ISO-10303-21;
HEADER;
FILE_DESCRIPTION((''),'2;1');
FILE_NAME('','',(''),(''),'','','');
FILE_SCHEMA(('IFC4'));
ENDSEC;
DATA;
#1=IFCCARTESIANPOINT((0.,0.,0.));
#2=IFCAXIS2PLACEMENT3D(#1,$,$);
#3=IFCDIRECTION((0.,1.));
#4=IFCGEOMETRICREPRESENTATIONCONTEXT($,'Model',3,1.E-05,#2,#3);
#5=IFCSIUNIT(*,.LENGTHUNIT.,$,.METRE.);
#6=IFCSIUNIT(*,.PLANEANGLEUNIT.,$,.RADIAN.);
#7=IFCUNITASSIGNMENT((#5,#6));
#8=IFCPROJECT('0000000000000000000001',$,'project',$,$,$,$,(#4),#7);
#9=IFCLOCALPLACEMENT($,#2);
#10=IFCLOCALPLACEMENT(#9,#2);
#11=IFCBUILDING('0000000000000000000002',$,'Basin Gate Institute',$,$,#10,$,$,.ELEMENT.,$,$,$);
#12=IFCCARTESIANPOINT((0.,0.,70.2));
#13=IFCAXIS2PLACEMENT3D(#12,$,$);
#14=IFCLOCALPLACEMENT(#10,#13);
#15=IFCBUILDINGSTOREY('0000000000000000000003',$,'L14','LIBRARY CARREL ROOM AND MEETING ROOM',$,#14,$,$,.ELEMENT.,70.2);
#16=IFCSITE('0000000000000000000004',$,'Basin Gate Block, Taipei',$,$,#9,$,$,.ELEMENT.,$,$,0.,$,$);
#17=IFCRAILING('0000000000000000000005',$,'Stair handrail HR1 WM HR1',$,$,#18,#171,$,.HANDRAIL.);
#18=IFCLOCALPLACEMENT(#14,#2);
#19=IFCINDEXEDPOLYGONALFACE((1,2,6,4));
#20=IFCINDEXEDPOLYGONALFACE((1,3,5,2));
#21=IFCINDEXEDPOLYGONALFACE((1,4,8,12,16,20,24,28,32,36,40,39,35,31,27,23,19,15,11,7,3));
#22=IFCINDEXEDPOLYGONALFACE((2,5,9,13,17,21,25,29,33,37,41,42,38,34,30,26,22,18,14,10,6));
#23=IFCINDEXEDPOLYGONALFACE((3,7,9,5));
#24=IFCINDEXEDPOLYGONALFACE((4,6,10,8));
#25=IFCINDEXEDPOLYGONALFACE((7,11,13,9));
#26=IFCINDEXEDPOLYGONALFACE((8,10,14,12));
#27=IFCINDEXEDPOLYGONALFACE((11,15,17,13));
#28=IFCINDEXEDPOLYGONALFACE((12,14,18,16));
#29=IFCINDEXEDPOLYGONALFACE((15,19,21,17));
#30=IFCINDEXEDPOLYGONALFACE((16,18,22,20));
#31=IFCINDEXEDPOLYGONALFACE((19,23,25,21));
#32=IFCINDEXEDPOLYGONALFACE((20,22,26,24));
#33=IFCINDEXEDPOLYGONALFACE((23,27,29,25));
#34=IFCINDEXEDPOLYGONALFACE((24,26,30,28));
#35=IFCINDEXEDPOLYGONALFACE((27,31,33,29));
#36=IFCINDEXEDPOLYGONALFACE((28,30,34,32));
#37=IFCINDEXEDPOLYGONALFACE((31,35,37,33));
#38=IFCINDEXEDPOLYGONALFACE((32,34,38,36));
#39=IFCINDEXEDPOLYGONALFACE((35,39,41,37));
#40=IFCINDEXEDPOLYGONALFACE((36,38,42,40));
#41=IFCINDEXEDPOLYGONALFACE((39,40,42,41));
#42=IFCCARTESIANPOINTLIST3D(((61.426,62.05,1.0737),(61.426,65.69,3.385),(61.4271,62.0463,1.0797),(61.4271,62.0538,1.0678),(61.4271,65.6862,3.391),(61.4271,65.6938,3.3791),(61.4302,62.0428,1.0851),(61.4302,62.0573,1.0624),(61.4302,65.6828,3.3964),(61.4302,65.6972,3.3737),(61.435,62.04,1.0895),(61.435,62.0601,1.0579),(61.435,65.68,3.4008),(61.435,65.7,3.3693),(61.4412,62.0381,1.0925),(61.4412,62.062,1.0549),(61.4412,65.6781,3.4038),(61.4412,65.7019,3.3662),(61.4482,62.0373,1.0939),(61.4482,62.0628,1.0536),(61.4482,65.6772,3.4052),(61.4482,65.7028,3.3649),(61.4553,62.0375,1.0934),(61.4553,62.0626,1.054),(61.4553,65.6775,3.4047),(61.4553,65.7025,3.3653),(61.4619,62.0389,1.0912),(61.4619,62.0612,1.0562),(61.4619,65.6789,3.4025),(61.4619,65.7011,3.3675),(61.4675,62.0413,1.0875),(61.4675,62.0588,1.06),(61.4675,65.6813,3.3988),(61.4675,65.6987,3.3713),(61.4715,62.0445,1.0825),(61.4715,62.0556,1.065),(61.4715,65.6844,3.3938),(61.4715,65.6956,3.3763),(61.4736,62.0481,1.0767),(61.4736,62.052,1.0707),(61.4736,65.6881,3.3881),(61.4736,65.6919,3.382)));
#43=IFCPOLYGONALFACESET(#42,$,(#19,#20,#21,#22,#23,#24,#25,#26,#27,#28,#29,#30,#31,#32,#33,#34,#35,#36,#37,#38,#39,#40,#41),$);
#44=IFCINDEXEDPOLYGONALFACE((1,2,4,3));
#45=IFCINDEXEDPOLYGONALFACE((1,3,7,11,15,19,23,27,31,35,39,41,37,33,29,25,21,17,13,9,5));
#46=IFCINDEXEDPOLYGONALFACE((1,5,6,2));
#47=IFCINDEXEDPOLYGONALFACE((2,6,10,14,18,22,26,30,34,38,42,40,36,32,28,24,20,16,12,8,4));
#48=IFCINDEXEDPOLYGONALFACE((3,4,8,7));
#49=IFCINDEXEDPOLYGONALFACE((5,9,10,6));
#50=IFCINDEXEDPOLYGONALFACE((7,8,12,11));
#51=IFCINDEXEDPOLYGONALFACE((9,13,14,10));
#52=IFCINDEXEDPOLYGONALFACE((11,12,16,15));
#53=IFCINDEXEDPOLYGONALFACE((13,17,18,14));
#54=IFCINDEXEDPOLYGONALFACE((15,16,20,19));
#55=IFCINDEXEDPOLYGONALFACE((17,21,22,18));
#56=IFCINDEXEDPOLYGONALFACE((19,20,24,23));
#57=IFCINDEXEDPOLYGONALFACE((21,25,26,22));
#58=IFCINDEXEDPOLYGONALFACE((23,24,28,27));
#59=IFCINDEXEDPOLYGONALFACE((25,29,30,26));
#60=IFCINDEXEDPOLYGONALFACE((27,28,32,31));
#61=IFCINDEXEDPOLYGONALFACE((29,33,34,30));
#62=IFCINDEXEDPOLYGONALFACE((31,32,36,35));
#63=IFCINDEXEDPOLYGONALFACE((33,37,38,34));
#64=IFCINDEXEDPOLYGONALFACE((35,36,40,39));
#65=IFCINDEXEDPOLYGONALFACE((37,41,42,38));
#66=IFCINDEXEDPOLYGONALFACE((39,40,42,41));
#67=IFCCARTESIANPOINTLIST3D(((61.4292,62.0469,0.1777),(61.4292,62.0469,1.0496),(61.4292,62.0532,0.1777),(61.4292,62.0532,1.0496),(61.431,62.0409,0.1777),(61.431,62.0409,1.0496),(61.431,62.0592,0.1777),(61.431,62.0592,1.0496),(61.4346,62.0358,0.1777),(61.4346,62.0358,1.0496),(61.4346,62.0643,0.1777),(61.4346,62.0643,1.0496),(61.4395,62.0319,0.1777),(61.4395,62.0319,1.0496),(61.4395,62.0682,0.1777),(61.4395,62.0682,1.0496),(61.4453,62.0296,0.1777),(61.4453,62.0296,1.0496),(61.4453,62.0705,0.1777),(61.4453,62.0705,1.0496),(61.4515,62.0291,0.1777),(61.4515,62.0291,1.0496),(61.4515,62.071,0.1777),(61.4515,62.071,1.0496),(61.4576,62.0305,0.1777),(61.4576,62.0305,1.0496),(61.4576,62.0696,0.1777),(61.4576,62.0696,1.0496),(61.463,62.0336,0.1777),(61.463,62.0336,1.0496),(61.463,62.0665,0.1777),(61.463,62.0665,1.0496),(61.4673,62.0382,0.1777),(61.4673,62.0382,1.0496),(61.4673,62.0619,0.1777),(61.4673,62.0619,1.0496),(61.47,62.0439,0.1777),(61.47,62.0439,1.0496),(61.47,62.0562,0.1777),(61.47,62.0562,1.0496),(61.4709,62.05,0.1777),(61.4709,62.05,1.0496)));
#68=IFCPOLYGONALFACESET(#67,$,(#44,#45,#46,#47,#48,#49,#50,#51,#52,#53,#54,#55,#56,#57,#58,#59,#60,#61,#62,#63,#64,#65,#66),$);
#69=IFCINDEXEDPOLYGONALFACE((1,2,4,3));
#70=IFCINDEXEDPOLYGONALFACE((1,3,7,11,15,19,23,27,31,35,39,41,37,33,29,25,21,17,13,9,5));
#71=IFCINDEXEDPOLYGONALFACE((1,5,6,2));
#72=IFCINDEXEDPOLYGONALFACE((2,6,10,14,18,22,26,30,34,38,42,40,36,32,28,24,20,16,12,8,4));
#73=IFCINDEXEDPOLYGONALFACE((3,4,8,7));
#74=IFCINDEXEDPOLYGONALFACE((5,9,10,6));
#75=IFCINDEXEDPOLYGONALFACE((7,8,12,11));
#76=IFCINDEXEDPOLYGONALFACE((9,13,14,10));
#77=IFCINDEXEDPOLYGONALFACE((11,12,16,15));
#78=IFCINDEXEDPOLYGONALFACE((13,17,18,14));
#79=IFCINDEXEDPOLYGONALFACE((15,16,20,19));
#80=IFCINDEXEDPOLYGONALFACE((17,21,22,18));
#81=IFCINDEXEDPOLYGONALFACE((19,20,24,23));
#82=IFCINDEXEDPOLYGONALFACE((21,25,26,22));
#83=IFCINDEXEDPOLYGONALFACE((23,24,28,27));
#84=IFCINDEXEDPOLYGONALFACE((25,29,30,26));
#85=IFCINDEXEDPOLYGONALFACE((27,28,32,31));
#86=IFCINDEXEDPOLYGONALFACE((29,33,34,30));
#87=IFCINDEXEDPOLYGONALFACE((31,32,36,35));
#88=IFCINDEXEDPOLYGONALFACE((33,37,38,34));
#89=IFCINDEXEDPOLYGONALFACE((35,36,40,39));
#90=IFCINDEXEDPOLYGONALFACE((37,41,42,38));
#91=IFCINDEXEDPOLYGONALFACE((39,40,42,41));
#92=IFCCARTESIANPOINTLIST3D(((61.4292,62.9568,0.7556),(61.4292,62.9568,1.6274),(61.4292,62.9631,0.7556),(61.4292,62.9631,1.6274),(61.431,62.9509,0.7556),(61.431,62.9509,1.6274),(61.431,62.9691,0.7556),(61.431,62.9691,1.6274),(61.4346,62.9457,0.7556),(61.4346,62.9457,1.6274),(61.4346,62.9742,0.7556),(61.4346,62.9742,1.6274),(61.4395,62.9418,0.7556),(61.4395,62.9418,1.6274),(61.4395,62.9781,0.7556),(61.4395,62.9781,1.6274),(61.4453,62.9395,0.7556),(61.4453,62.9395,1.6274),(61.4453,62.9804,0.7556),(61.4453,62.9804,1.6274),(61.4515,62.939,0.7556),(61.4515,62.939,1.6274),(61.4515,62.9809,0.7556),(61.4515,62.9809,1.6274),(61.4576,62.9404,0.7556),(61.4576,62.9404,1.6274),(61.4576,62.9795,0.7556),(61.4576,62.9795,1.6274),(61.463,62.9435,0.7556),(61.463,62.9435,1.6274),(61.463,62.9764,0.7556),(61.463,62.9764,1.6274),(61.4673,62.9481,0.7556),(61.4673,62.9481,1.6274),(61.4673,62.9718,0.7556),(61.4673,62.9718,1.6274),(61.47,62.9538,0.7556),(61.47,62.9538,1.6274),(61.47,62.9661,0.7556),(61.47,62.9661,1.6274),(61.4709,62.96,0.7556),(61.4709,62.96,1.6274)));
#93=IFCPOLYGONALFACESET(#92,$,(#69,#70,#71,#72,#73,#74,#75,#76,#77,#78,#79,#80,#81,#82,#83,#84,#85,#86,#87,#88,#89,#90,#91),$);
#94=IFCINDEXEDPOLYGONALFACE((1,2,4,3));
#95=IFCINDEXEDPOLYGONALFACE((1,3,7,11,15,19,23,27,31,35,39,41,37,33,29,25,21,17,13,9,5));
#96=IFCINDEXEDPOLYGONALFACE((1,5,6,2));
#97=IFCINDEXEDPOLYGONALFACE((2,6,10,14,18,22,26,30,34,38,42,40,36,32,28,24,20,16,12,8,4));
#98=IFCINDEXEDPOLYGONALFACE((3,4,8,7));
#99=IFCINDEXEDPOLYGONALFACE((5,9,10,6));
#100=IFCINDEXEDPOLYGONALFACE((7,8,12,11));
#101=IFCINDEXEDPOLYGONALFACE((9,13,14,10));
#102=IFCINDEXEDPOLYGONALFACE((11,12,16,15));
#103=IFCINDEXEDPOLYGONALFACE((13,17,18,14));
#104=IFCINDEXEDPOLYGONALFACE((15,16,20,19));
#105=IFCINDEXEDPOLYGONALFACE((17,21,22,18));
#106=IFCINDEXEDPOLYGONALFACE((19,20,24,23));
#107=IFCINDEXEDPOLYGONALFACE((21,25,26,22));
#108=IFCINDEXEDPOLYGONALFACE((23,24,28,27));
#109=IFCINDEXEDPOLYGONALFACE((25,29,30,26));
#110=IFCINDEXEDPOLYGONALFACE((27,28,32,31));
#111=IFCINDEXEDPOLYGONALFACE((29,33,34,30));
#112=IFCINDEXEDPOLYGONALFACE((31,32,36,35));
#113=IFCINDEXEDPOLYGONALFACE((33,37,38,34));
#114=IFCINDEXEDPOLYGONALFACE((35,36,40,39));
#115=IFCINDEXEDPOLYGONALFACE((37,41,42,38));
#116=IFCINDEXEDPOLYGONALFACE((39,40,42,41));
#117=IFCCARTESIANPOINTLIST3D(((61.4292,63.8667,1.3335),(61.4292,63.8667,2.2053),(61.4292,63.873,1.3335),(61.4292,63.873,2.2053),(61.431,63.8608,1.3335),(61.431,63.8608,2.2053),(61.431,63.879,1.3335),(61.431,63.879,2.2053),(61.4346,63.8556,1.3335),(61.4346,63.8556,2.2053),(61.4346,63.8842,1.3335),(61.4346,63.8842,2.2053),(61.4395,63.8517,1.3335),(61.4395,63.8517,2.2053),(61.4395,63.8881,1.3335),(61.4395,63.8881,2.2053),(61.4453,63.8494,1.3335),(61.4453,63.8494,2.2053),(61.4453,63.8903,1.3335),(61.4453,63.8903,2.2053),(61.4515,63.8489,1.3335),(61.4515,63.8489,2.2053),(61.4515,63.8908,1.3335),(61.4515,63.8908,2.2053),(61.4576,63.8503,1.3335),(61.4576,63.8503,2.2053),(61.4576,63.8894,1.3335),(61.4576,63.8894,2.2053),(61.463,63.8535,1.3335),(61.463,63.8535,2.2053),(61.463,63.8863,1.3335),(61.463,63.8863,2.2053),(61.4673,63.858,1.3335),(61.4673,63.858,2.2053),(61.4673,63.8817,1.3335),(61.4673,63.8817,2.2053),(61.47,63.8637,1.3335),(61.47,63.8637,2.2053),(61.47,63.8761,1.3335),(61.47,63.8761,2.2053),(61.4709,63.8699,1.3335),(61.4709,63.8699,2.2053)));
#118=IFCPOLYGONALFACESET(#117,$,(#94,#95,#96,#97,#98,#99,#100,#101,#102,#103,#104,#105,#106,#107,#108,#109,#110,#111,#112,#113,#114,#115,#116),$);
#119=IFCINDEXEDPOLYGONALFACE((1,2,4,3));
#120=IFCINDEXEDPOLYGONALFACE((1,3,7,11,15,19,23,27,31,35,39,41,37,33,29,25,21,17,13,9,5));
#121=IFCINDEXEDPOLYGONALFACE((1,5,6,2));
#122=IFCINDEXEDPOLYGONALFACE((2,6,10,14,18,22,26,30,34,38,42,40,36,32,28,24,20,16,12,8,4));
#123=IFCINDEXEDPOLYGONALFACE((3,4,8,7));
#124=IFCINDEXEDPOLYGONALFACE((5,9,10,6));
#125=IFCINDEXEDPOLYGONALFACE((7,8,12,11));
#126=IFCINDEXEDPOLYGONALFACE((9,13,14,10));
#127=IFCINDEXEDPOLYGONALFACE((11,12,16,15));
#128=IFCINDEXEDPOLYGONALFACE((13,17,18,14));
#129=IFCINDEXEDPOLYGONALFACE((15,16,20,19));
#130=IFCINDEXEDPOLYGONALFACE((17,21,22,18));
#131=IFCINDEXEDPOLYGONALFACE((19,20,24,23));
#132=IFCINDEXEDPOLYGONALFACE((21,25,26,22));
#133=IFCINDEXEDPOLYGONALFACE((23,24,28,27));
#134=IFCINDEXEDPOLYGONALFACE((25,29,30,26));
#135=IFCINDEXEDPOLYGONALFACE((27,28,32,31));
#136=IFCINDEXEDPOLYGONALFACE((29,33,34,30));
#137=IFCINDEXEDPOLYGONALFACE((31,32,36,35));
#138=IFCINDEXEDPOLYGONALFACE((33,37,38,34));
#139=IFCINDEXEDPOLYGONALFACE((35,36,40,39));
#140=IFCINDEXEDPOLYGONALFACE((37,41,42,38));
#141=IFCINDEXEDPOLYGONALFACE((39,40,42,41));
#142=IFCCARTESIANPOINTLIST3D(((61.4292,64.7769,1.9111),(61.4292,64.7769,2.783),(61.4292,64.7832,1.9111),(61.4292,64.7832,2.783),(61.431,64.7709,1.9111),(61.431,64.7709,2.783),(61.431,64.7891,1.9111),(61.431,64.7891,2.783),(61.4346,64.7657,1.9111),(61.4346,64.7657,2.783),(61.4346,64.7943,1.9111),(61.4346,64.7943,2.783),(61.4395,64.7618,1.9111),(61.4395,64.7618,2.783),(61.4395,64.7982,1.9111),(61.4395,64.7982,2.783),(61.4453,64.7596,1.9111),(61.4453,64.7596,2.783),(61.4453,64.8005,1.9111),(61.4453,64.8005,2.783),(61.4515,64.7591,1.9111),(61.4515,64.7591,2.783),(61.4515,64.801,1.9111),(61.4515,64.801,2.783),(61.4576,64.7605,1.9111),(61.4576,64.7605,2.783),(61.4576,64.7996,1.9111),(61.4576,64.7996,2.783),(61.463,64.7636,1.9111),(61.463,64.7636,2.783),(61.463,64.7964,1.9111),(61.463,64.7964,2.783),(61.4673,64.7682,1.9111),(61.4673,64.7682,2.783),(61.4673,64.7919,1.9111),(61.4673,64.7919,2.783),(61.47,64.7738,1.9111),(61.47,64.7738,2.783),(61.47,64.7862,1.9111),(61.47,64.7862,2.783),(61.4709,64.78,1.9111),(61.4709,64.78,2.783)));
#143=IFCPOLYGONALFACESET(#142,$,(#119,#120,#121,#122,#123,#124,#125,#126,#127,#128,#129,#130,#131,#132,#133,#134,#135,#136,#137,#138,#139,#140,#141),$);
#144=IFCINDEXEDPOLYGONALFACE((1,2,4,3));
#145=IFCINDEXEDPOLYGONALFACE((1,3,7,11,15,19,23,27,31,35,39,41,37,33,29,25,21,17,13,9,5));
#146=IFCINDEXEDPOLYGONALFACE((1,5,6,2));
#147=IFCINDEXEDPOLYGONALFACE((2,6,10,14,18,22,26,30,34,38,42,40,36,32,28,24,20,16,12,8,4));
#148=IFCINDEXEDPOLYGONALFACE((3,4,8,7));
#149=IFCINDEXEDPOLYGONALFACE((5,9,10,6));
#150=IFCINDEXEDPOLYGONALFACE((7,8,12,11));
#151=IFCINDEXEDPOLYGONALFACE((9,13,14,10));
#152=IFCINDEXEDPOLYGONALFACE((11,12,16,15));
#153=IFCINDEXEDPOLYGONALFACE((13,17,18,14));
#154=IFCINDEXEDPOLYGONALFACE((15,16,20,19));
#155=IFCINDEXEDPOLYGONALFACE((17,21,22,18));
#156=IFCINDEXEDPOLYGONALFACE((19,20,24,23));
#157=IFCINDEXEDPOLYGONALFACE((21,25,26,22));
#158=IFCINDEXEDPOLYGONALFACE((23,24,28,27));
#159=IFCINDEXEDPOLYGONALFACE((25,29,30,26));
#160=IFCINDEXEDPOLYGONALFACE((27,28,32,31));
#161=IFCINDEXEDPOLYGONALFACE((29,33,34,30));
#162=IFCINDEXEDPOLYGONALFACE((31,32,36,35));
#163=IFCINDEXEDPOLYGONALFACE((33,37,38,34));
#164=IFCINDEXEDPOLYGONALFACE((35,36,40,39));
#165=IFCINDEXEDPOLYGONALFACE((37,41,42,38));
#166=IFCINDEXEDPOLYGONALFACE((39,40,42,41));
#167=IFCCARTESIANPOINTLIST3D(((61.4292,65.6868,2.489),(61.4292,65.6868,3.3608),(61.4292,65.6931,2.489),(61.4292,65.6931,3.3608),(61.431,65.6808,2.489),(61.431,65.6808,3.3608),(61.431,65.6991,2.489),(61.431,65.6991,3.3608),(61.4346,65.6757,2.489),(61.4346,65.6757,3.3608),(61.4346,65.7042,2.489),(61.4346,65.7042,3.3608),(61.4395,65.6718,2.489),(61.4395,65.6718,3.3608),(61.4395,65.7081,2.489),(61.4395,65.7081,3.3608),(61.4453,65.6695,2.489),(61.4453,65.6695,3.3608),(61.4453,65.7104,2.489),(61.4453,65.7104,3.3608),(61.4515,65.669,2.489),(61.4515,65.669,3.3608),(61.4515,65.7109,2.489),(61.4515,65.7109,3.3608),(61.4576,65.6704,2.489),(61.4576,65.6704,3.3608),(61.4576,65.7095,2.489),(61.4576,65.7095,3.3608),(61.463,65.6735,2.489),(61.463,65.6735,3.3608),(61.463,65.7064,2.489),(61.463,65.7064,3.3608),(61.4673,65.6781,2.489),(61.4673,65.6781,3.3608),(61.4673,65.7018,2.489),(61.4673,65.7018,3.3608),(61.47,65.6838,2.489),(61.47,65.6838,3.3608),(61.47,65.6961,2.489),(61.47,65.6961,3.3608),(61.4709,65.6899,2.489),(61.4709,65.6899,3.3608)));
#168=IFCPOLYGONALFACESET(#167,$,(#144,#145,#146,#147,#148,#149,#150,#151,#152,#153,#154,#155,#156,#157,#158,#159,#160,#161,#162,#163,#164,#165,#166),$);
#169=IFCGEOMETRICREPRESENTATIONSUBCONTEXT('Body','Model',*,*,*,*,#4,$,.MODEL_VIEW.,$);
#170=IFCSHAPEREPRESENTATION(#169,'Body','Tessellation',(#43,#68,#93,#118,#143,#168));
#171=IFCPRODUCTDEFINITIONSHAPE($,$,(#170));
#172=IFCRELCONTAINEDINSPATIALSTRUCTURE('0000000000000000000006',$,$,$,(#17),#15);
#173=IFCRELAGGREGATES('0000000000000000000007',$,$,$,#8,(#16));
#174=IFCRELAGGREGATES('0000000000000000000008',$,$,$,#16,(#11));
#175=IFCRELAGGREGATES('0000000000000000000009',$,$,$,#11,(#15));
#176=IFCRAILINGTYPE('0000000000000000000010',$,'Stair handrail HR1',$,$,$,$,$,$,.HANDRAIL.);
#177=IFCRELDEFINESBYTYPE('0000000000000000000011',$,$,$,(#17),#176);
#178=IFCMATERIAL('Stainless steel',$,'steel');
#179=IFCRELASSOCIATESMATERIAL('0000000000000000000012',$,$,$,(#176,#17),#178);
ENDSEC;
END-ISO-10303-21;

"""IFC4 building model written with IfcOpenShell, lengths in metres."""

from ifc_helpers import new_model, si_unit, direction, frame, origin, origin_2d, place, context, subcontext, project, spatial, circle, extrude, material, type_object, element, save


model = new_model("IFC4")

# Units and contexts
model_context = context("Model", 3, precision=1e-05, world=origin(), true_north=direction((0.0, 1.0)))
body_context = subcontext(model_context, "Body", "Model", "MODEL_VIEW")
ifc_project = project(units=[si_unit("LENGTHUNIT", "METRE"), si_unit("PLANEANGLEUNIT", "RADIAN")], contexts=[model_context])

# Site, building, storey
site_placement = place(None, origin())
site = spatial("IfcSite", under=ifc_project, at=site_placement, Name="Basin Gate Block, Taipei", CompositionType="ELEMENT", RefElevation=0.0)
building_placement = place(site_placement, origin())
building = spatial("IfcBuilding", under=site, at=building_placement, Name="Basin Gate Institute", CompositionType="ELEMENT")
storey_placement = place(building_placement, frame((0.0, 0.0, 70.2)))
storey = spatial("IfcBuildingStorey", under=building, at=storey_placement, Name="L14", Description="LIBRARY CARREL ROOM AND MEETING ROOM", CompositionType="ELEMENT", Elevation=70.2)

# Railing
ifc_material_1 = material(Name="Stainless steel", Category="steel")
railing_type_1 = type_object("IfcRailingType", Name="Stair handrail HR1", PredefinedType="HANDRAIL", material=ifc_material_1)
for number, where, name in (
    (1, (61.45, 62.05, 0.1777), "Stair handrail HR1 WM HR1"),
):
    element("IfcRailing", number, at=place(storey_placement, frame(where)), inside=storey, type_object=railing_type_1, material=ifc_material_1, Name=name, PredefinedType="HANDRAIL", context=body_context, shape_type="SweptSolid", body=[
        extrude(circle(Radius=0.0239, at=origin_2d()), frame((0.0, 0.0, 0.896), z_axis=(0.0, 0.844188, 0.536047), x_axis=(-1.0, 0.0, 0.0)), (0.0, 0.0, 1.0), 4.3118),
        extrude(circle(Radius=0.021, at=origin_2d()), origin(), (0.0, 0.0, 1.0), 0.8718),
        extrude(circle(Radius=0.021, at=origin_2d()), frame((0.0, 0.9099, 0.5779)), (0.0, 0.0, 1.0), 0.8718),
        extrude(circle(Radius=0.021, at=origin_2d()), frame((0.0, 1.8198, 1.1558)), (0.0, 0.0, 1.0), 0.8718),
        extrude(circle(Radius=0.021, at=origin_2d()), frame((0.0, 2.73, 1.7334)), (0.0, 0.0, 1.0), 0.8718),
        extrude(circle(Radius=0.021, at=origin_2d()), frame((0.0, 3.6399, 2.3113)), (0.0, 0.0, 1.0), 0.8718),
    ])

save(model, "model.ifc")
